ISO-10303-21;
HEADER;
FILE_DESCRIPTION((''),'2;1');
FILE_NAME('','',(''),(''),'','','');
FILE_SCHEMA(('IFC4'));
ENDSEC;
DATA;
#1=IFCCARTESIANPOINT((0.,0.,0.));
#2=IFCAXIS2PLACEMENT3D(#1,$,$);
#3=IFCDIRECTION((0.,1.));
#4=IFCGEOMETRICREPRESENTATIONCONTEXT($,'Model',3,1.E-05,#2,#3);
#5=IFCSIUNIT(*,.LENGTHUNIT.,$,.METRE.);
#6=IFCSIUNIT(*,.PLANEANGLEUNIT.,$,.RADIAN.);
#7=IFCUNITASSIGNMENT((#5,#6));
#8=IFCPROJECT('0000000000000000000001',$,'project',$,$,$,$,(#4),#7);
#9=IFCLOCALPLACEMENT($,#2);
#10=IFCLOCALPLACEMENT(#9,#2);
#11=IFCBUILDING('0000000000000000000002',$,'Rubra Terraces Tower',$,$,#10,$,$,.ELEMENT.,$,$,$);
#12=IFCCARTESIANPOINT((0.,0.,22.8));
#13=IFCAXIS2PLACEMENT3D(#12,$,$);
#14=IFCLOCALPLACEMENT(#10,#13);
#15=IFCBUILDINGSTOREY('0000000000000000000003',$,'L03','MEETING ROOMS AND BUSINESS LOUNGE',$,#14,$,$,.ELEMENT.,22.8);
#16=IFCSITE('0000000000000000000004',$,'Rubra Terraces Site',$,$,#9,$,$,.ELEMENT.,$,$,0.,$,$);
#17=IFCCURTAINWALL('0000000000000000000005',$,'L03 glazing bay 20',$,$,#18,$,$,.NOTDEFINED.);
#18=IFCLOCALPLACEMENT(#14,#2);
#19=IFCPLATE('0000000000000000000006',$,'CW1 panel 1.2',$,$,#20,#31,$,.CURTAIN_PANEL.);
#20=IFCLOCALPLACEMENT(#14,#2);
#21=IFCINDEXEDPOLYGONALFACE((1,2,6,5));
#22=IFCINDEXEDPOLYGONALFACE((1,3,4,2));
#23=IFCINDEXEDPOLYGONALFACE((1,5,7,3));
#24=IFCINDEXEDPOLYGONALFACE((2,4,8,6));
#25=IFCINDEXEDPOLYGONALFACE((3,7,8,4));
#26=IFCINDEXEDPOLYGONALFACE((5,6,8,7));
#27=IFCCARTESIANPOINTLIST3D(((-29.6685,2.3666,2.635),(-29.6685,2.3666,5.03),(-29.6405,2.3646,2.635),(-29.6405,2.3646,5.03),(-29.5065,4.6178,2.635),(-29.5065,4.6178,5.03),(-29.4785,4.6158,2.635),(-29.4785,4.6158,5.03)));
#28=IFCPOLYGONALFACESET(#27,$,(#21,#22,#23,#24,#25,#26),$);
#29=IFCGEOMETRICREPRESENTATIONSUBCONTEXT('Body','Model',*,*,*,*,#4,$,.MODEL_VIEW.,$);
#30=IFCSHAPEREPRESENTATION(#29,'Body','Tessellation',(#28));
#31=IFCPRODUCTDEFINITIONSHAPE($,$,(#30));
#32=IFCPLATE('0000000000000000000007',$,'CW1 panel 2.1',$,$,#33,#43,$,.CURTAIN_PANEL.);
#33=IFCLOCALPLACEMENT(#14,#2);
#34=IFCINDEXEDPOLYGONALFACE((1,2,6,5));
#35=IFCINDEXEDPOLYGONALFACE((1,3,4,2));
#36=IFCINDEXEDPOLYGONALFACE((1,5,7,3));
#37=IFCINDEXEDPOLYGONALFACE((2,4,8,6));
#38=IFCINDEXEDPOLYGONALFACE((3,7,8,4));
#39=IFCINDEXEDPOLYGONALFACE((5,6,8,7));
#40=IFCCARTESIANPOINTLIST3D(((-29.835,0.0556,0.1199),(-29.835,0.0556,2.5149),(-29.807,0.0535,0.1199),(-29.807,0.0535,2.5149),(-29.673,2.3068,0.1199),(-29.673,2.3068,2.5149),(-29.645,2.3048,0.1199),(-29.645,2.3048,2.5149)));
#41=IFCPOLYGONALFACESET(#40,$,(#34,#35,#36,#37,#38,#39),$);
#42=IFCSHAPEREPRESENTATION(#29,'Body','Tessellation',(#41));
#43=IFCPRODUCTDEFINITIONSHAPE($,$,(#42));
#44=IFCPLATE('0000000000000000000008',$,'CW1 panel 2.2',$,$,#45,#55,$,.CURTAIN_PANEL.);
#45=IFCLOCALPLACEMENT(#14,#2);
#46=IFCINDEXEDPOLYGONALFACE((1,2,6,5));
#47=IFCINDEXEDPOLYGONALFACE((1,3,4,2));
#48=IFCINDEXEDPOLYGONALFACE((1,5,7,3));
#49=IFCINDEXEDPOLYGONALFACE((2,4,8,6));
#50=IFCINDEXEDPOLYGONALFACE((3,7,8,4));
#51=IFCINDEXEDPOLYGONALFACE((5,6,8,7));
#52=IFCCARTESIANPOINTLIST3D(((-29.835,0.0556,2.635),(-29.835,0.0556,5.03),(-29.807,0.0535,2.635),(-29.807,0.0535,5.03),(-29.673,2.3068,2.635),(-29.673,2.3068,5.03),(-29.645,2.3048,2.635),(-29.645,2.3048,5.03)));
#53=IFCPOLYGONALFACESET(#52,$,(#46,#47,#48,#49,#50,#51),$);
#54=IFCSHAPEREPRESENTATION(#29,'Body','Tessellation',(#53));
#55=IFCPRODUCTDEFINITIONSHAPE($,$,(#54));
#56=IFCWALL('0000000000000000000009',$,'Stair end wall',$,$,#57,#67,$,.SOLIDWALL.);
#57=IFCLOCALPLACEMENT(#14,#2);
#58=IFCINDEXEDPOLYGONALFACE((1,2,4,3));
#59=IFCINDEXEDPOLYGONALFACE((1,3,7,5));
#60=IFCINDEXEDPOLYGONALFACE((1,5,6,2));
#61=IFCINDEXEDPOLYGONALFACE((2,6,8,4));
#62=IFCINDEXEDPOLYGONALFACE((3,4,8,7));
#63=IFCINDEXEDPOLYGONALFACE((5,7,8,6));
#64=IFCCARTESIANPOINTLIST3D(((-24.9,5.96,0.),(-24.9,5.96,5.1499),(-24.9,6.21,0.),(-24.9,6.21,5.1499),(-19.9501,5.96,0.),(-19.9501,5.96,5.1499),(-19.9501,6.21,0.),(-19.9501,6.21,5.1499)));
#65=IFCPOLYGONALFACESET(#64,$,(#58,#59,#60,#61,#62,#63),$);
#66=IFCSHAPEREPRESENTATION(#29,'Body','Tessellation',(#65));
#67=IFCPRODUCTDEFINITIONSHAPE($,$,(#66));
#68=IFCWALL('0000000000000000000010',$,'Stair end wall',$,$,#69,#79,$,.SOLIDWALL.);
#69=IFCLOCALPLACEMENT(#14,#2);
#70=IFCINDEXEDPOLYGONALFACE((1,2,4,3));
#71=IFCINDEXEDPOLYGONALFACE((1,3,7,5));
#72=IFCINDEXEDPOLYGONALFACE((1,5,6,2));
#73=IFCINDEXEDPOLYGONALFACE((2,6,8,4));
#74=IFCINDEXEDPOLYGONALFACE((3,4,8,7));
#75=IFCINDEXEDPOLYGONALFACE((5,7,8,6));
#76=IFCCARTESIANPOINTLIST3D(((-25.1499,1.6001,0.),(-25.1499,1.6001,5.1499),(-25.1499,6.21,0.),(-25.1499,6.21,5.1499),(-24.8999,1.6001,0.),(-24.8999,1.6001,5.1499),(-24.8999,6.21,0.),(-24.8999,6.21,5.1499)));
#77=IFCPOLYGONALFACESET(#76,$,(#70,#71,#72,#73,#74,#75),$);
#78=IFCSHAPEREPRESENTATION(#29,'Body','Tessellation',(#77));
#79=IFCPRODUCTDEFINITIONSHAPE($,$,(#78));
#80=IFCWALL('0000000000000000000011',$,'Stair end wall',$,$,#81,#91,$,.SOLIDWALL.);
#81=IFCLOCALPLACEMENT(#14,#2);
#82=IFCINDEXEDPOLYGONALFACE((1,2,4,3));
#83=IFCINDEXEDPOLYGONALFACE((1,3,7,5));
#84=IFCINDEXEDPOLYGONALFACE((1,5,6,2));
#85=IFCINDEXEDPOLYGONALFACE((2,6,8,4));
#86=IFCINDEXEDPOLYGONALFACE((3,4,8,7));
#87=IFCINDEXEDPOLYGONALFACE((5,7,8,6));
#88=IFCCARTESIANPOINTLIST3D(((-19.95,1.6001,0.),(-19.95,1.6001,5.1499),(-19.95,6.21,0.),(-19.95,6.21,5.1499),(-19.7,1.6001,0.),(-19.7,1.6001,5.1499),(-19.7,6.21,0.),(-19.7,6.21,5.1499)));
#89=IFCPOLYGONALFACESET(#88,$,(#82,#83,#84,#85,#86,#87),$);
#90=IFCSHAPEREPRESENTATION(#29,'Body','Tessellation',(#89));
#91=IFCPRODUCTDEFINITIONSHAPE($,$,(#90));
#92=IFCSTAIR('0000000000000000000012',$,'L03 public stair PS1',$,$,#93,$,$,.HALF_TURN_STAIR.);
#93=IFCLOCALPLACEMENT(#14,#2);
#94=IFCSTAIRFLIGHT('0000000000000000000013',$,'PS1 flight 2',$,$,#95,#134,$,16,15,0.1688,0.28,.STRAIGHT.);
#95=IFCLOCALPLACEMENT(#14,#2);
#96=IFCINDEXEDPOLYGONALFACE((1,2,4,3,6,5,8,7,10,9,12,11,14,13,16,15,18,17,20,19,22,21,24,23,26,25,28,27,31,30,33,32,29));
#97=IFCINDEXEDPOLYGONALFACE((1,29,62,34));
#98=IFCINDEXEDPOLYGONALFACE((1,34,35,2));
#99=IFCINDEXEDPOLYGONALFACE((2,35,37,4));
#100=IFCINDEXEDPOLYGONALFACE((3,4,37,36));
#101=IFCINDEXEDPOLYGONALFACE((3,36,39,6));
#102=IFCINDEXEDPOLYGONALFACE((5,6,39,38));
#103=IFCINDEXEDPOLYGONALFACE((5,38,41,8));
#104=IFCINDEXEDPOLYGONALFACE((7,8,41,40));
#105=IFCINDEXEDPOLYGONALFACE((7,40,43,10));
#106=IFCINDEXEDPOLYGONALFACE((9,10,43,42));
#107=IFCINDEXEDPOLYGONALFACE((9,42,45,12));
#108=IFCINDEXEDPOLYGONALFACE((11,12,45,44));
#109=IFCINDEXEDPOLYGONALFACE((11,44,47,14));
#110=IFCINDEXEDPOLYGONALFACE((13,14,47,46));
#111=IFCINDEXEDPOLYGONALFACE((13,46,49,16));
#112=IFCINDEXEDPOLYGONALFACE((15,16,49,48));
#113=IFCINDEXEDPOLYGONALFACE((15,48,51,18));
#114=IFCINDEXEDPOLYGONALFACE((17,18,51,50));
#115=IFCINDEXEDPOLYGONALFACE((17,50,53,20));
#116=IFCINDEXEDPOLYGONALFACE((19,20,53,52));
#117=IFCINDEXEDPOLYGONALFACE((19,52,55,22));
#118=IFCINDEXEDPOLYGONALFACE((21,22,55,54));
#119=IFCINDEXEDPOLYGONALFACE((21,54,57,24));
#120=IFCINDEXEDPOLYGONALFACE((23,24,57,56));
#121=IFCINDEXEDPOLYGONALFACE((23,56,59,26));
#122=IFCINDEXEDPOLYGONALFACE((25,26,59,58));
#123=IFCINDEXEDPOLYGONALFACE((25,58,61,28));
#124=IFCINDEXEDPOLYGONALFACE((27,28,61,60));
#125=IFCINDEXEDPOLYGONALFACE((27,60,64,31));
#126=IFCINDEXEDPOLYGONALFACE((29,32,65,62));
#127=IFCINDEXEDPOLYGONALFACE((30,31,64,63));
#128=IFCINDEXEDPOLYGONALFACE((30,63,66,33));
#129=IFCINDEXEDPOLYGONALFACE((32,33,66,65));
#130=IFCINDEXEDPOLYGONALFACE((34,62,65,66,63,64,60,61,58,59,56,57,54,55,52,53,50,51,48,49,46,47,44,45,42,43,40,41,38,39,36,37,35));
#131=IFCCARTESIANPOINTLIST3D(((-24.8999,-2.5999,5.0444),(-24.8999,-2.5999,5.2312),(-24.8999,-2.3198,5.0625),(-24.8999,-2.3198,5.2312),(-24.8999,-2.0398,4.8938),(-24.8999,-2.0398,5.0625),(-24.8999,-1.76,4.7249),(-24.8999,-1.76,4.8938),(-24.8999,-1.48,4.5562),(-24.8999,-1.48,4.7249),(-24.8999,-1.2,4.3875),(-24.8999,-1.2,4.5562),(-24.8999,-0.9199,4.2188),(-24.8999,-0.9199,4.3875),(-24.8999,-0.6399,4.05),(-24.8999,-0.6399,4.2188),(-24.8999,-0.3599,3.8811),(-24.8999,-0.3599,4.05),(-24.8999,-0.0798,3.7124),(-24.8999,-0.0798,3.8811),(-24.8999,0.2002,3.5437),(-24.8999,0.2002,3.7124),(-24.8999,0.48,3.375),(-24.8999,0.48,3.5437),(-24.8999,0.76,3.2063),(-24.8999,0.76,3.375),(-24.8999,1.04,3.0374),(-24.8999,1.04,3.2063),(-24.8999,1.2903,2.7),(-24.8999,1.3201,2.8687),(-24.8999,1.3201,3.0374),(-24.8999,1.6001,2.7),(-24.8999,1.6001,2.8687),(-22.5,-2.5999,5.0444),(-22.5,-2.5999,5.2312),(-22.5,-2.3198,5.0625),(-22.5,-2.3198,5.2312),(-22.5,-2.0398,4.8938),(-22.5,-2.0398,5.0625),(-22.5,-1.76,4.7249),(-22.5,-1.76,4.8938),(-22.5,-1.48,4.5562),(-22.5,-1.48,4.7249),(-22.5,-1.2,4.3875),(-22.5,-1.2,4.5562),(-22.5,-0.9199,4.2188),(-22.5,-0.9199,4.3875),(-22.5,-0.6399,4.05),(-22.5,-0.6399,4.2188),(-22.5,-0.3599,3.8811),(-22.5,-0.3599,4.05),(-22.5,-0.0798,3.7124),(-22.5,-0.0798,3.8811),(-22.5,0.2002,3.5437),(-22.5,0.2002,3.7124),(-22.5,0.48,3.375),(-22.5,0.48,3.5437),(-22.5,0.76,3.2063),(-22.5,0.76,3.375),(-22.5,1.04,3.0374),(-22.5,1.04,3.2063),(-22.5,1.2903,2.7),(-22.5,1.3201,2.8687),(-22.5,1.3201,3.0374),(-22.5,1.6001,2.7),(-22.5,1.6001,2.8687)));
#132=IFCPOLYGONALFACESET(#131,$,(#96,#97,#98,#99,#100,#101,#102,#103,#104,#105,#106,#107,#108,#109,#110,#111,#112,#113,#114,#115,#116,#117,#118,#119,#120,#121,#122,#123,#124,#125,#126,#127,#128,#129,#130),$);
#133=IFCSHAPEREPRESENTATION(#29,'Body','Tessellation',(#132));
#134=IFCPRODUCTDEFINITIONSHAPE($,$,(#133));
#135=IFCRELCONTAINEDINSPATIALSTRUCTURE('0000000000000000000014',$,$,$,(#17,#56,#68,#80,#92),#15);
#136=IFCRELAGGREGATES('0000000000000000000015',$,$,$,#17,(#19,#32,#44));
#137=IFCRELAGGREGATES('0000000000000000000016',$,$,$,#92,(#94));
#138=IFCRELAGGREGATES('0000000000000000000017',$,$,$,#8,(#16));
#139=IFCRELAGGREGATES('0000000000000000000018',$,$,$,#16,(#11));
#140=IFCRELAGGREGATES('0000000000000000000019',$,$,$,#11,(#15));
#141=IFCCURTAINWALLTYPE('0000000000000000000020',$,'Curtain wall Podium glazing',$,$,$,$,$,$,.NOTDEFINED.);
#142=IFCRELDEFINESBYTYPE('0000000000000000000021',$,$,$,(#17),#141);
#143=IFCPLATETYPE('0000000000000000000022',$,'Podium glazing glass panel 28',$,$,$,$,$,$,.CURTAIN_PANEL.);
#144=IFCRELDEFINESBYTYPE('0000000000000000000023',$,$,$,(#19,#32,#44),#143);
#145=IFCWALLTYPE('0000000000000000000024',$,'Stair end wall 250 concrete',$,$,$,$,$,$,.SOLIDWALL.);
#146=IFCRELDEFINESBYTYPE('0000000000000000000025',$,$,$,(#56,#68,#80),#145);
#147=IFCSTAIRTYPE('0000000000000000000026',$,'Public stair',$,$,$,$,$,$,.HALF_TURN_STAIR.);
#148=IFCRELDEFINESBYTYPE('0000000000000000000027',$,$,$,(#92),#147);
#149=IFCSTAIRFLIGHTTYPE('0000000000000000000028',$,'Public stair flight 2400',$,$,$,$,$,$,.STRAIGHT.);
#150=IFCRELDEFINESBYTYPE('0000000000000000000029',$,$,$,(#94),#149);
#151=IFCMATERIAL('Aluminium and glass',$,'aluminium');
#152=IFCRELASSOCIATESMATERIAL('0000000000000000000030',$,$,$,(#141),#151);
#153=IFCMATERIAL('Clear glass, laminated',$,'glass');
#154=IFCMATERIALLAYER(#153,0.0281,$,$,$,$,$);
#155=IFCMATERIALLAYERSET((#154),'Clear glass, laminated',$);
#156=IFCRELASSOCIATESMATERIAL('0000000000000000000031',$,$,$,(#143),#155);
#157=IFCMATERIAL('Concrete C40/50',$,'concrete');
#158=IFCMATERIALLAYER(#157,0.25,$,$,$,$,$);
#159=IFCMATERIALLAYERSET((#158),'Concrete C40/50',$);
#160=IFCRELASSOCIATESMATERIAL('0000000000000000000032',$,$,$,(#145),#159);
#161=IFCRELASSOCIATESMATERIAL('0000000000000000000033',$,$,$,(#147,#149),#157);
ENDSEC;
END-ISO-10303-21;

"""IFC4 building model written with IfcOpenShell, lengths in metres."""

from ifc_helpers import new_model, si_unit, direction, frame, frame_2d, origin, origin_2d, place, context, subcontext, project, spatial, polyline, rectangle, outline, extrude, material, layer, layer_set, type_object, element, aggregate, save


model = new_model("IFC4")

# Units and contexts
model_context = context("Model", 3, precision=1e-05, world=origin(), true_north=direction((0.0, 1.0)))
body_context = subcontext(model_context, "Body", "Model", "MODEL_VIEW")
ifc_project = project(units=[si_unit("LENGTHUNIT", "METRE"), si_unit("PLANEANGLEUNIT", "RADIAN")], contexts=[model_context])

# Site, building, storey
site_placement = place(None, origin())
site = spatial("IfcSite", under=ifc_project, at=site_placement, Name="Rubra Terraces Site", CompositionType="ELEMENT", RefElevation=0.0)
building_placement = place(site_placement, origin())
building = spatial("IfcBuilding", under=site, at=building_placement, Name="Rubra Terraces Tower", CompositionType="ELEMENT")
storey_placement = place(building_placement, frame((0.0, 0.0, 22.8)))
storey = spatial("IfcBuildingStorey", under=building, at=storey_placement, Name="L03", Description="MEETING ROOMS AND BUSINESS LOUNGE", CompositionType="ELEMENT", Elevation=22.8)

# Shared definitions
ifc_material_1 = material(Name="Aluminium and glass", Category="aluminium")
curtain_wall_type = type_object("IfcCurtainWallType", Name="Curtain wall Podium glazing", PredefinedType="NOTDEFINED", material=ifc_material_1)

# Curtain wall
curtain_wall_1_placement = place(storey_placement, origin())
curtain_wall_1 = element("IfcCurtainWall", 1, at=curtain_wall_1_placement, inside=storey, type_object=curtain_wall_type, Name="L03 glazing bay 20", PredefinedType="NOTDEFINED")

# Plates
ifc_material_2 = material(Name="Clear glass, laminated", Category="glass")
ifc_layer_1 = layer(ifc_material_2, 0.0281)
ifc_layer_set_1 = layer_set([ifc_layer_1], Name="Clear glass, laminated")
plate_type = type_object("IfcPlateType", Name="Podium glazing glass panel 28", PredefinedType="CURTAIN_PANEL", material=ifc_layer_set_1)
plate_1_placement = place(storey_placement, frame((-29.5735, 3.4912, 2.635), z_axis=(0.0, 0.0, 1.0), x_axis=(-0.071792, -0.99742, 0.0)))
plate_1 = element("IfcPlate", 2, at=plate_1_placement, type_object=plate_type, Name="CW1 panel 1.2", PredefinedType="CURTAIN_PANEL", context=body_context, shape_type="SweptSolid", body=[
    extrude(rectangle(XDim=2.2571, YDim=0.0281, at=origin_2d()), origin(), (0.0, 0.0, 1.0), 2.395),
])
plate_2_placement = place(storey_placement, frame((-29.74, 1.1802, 0.1199), z_axis=(0.0, 0.0, 1.0), x_axis=(-0.071792, -0.99742, 0.0)))
plate_2 = element("IfcPlate", 3, at=plate_2_placement, type_object=plate_type, Name="CW1 panel 2.1", PredefinedType="CURTAIN_PANEL", context=body_context, shape_type="SweptSolid", body=[
    extrude(rectangle(XDim=2.2571, YDim=0.0281, at=origin_2d()), origin(), (0.0, 0.0, 1.0), 2.395),
])
plate_3_placement = place(storey_placement, frame((-29.74, 1.1802, 2.635), z_axis=(0.0, 0.0, 1.0), x_axis=(-0.071792, -0.99742, 0.0)))
plate_3 = element("IfcPlate", 4, at=plate_3_placement, type_object=plate_type, Name="CW1 panel 2.2", PredefinedType="CURTAIN_PANEL", context=body_context, shape_type="SweptSolid", body=[
    extrude(rectangle(XDim=2.2571, YDim=0.0281, at=origin_2d()), origin(), (0.0, 0.0, 1.0), 2.395),
])
aggregate(curtain_wall_1, [plate_1, plate_2, plate_3])

# Walls
ifc_material_3 = material(Name="Concrete C40/50", Category="concrete")
ifc_layer_2 = layer(ifc_material_3, 0.25)
ifc_layer_set_2 = layer_set([ifc_layer_2], Name="Concrete C40/50")
wall_type = type_object("IfcWallType", Name="Stair end wall 250 concrete", PredefinedType="SOLIDWALL", material=ifc_layer_set_2)
wall_placement = place(storey_placement, frame((-19.95, 6.085, 0.0), z_axis=(0.0, 0.0, 1.0), x_axis=(-1.0, 0.0, 0.0)))
element("IfcWall", 5, at=wall_placement, inside=storey, type_object=wall_type, Name="Stair end wall", PredefinedType="SOLIDWALL", context=body_context, shape_type="SweptSolid", body=[
    extrude(rectangle(XDim=4.95, YDim=0.25, at=frame_2d((2.4751, 0.0))), origin(), (0.0, 0.0, 1.0), 5.1499),
])
for number, where, z_axis, x_axis, name in (
    (6, (-25.0249, 1.6001, 0.0), (0.0, 0.0, 1.0), (0.0, 1.0, 0.0), "Stair end wall"),
    (7, (-19.825, 1.6001, 0.0), (0.0, 0.0, 1.0), (0.0, 1.0, 0.0), "Stair end wall"),
):
    element("IfcWall", number, at=place(storey_placement, frame(where, z_axis=z_axis, x_axis=x_axis)), inside=storey, type_object=wall_type, Name=name, PredefinedType="SOLIDWALL", context=body_context, shape_type="SweptSolid", body=[
        extrude(rectangle(XDim=4.6099, YDim=0.25, at=frame_2d((2.3049, 0.0))), origin(), (0.0, 0.0, 1.0), 5.1499),
    ])

# Stair, stair flight
stair_type = type_object("IfcStairType", Name="Public stair", PredefinedType="HALF_TURN_STAIR", material=ifc_material_3)
stair_placement = place(storey_placement, origin())
stair = element("IfcStair", 8, at=stair_placement, inside=storey, type_object=stair_type, Name="L03 public stair PS1", PredefinedType="HALF_TURN_STAIR")
stair_flight_type = type_object("IfcStairFlightType", Name="Public stair flight 2400", PredefinedType="STRAIGHT", material=ifc_material_3)
stair_flight_placement = place(storey_placement, frame((-23.7, 1.6001, 2.7), z_axis=(0.0, 0.0, 1.0), x_axis=(0.0, -1.0, 0.0)))
stair_flight = element("IfcStairFlight", 9, at=stair_flight_placement, type_object=stair_flight_type, Name="PS1 flight 2", NumberOfRisers=16, NumberOfTreads=15, PredefinedType="STRAIGHT", RiserHeight=0.1688, TreadLength=0.28, context=body_context, shape_type="SweptSolid", body=[
    extrude(outline(polyline([(0.0, 0.0), (0.0, 0.1687), (0.28, 0.1687), (0.28, 0.3374), (0.5601, 0.3374), (0.5601, 0.5063), (0.8401, 0.5063), (0.8401, 0.675), (1.1201, 0.675), (1.1201, 0.8438), (1.3999, 0.8438), (1.3999, 1.0125), (1.6799, 1.0125), (1.6799, 1.1812), (1.96, 1.1812), (1.96, 1.3501), (2.24, 1.3501), (2.24, 1.5188), (2.52, 1.5188), (2.52, 1.6875), (2.8, 1.6875), (2.8, 1.8562), (3.0801, 1.8562), (3.0801, 2.0249), (3.3601, 2.0249), (3.3601, 2.1938), (3.6399, 2.1938), (3.6399, 2.3625), (3.9199, 2.3625), (3.9199, 2.5312), (4.2, 2.5312), (4.2, 2.7), (4.2, 2.3445), (0.3098, 0.0), (0.0, 0.0)])), frame((0.0, 1.2, 0.0), z_axis=(0.0, -1.0, 0.0), x_axis=(1.0, 0.0, 0.0)), (0.0, 0.0, 1.0), 2.3999),
])
aggregate(stair, [stair_flight])

save(model, "model.ifc")
